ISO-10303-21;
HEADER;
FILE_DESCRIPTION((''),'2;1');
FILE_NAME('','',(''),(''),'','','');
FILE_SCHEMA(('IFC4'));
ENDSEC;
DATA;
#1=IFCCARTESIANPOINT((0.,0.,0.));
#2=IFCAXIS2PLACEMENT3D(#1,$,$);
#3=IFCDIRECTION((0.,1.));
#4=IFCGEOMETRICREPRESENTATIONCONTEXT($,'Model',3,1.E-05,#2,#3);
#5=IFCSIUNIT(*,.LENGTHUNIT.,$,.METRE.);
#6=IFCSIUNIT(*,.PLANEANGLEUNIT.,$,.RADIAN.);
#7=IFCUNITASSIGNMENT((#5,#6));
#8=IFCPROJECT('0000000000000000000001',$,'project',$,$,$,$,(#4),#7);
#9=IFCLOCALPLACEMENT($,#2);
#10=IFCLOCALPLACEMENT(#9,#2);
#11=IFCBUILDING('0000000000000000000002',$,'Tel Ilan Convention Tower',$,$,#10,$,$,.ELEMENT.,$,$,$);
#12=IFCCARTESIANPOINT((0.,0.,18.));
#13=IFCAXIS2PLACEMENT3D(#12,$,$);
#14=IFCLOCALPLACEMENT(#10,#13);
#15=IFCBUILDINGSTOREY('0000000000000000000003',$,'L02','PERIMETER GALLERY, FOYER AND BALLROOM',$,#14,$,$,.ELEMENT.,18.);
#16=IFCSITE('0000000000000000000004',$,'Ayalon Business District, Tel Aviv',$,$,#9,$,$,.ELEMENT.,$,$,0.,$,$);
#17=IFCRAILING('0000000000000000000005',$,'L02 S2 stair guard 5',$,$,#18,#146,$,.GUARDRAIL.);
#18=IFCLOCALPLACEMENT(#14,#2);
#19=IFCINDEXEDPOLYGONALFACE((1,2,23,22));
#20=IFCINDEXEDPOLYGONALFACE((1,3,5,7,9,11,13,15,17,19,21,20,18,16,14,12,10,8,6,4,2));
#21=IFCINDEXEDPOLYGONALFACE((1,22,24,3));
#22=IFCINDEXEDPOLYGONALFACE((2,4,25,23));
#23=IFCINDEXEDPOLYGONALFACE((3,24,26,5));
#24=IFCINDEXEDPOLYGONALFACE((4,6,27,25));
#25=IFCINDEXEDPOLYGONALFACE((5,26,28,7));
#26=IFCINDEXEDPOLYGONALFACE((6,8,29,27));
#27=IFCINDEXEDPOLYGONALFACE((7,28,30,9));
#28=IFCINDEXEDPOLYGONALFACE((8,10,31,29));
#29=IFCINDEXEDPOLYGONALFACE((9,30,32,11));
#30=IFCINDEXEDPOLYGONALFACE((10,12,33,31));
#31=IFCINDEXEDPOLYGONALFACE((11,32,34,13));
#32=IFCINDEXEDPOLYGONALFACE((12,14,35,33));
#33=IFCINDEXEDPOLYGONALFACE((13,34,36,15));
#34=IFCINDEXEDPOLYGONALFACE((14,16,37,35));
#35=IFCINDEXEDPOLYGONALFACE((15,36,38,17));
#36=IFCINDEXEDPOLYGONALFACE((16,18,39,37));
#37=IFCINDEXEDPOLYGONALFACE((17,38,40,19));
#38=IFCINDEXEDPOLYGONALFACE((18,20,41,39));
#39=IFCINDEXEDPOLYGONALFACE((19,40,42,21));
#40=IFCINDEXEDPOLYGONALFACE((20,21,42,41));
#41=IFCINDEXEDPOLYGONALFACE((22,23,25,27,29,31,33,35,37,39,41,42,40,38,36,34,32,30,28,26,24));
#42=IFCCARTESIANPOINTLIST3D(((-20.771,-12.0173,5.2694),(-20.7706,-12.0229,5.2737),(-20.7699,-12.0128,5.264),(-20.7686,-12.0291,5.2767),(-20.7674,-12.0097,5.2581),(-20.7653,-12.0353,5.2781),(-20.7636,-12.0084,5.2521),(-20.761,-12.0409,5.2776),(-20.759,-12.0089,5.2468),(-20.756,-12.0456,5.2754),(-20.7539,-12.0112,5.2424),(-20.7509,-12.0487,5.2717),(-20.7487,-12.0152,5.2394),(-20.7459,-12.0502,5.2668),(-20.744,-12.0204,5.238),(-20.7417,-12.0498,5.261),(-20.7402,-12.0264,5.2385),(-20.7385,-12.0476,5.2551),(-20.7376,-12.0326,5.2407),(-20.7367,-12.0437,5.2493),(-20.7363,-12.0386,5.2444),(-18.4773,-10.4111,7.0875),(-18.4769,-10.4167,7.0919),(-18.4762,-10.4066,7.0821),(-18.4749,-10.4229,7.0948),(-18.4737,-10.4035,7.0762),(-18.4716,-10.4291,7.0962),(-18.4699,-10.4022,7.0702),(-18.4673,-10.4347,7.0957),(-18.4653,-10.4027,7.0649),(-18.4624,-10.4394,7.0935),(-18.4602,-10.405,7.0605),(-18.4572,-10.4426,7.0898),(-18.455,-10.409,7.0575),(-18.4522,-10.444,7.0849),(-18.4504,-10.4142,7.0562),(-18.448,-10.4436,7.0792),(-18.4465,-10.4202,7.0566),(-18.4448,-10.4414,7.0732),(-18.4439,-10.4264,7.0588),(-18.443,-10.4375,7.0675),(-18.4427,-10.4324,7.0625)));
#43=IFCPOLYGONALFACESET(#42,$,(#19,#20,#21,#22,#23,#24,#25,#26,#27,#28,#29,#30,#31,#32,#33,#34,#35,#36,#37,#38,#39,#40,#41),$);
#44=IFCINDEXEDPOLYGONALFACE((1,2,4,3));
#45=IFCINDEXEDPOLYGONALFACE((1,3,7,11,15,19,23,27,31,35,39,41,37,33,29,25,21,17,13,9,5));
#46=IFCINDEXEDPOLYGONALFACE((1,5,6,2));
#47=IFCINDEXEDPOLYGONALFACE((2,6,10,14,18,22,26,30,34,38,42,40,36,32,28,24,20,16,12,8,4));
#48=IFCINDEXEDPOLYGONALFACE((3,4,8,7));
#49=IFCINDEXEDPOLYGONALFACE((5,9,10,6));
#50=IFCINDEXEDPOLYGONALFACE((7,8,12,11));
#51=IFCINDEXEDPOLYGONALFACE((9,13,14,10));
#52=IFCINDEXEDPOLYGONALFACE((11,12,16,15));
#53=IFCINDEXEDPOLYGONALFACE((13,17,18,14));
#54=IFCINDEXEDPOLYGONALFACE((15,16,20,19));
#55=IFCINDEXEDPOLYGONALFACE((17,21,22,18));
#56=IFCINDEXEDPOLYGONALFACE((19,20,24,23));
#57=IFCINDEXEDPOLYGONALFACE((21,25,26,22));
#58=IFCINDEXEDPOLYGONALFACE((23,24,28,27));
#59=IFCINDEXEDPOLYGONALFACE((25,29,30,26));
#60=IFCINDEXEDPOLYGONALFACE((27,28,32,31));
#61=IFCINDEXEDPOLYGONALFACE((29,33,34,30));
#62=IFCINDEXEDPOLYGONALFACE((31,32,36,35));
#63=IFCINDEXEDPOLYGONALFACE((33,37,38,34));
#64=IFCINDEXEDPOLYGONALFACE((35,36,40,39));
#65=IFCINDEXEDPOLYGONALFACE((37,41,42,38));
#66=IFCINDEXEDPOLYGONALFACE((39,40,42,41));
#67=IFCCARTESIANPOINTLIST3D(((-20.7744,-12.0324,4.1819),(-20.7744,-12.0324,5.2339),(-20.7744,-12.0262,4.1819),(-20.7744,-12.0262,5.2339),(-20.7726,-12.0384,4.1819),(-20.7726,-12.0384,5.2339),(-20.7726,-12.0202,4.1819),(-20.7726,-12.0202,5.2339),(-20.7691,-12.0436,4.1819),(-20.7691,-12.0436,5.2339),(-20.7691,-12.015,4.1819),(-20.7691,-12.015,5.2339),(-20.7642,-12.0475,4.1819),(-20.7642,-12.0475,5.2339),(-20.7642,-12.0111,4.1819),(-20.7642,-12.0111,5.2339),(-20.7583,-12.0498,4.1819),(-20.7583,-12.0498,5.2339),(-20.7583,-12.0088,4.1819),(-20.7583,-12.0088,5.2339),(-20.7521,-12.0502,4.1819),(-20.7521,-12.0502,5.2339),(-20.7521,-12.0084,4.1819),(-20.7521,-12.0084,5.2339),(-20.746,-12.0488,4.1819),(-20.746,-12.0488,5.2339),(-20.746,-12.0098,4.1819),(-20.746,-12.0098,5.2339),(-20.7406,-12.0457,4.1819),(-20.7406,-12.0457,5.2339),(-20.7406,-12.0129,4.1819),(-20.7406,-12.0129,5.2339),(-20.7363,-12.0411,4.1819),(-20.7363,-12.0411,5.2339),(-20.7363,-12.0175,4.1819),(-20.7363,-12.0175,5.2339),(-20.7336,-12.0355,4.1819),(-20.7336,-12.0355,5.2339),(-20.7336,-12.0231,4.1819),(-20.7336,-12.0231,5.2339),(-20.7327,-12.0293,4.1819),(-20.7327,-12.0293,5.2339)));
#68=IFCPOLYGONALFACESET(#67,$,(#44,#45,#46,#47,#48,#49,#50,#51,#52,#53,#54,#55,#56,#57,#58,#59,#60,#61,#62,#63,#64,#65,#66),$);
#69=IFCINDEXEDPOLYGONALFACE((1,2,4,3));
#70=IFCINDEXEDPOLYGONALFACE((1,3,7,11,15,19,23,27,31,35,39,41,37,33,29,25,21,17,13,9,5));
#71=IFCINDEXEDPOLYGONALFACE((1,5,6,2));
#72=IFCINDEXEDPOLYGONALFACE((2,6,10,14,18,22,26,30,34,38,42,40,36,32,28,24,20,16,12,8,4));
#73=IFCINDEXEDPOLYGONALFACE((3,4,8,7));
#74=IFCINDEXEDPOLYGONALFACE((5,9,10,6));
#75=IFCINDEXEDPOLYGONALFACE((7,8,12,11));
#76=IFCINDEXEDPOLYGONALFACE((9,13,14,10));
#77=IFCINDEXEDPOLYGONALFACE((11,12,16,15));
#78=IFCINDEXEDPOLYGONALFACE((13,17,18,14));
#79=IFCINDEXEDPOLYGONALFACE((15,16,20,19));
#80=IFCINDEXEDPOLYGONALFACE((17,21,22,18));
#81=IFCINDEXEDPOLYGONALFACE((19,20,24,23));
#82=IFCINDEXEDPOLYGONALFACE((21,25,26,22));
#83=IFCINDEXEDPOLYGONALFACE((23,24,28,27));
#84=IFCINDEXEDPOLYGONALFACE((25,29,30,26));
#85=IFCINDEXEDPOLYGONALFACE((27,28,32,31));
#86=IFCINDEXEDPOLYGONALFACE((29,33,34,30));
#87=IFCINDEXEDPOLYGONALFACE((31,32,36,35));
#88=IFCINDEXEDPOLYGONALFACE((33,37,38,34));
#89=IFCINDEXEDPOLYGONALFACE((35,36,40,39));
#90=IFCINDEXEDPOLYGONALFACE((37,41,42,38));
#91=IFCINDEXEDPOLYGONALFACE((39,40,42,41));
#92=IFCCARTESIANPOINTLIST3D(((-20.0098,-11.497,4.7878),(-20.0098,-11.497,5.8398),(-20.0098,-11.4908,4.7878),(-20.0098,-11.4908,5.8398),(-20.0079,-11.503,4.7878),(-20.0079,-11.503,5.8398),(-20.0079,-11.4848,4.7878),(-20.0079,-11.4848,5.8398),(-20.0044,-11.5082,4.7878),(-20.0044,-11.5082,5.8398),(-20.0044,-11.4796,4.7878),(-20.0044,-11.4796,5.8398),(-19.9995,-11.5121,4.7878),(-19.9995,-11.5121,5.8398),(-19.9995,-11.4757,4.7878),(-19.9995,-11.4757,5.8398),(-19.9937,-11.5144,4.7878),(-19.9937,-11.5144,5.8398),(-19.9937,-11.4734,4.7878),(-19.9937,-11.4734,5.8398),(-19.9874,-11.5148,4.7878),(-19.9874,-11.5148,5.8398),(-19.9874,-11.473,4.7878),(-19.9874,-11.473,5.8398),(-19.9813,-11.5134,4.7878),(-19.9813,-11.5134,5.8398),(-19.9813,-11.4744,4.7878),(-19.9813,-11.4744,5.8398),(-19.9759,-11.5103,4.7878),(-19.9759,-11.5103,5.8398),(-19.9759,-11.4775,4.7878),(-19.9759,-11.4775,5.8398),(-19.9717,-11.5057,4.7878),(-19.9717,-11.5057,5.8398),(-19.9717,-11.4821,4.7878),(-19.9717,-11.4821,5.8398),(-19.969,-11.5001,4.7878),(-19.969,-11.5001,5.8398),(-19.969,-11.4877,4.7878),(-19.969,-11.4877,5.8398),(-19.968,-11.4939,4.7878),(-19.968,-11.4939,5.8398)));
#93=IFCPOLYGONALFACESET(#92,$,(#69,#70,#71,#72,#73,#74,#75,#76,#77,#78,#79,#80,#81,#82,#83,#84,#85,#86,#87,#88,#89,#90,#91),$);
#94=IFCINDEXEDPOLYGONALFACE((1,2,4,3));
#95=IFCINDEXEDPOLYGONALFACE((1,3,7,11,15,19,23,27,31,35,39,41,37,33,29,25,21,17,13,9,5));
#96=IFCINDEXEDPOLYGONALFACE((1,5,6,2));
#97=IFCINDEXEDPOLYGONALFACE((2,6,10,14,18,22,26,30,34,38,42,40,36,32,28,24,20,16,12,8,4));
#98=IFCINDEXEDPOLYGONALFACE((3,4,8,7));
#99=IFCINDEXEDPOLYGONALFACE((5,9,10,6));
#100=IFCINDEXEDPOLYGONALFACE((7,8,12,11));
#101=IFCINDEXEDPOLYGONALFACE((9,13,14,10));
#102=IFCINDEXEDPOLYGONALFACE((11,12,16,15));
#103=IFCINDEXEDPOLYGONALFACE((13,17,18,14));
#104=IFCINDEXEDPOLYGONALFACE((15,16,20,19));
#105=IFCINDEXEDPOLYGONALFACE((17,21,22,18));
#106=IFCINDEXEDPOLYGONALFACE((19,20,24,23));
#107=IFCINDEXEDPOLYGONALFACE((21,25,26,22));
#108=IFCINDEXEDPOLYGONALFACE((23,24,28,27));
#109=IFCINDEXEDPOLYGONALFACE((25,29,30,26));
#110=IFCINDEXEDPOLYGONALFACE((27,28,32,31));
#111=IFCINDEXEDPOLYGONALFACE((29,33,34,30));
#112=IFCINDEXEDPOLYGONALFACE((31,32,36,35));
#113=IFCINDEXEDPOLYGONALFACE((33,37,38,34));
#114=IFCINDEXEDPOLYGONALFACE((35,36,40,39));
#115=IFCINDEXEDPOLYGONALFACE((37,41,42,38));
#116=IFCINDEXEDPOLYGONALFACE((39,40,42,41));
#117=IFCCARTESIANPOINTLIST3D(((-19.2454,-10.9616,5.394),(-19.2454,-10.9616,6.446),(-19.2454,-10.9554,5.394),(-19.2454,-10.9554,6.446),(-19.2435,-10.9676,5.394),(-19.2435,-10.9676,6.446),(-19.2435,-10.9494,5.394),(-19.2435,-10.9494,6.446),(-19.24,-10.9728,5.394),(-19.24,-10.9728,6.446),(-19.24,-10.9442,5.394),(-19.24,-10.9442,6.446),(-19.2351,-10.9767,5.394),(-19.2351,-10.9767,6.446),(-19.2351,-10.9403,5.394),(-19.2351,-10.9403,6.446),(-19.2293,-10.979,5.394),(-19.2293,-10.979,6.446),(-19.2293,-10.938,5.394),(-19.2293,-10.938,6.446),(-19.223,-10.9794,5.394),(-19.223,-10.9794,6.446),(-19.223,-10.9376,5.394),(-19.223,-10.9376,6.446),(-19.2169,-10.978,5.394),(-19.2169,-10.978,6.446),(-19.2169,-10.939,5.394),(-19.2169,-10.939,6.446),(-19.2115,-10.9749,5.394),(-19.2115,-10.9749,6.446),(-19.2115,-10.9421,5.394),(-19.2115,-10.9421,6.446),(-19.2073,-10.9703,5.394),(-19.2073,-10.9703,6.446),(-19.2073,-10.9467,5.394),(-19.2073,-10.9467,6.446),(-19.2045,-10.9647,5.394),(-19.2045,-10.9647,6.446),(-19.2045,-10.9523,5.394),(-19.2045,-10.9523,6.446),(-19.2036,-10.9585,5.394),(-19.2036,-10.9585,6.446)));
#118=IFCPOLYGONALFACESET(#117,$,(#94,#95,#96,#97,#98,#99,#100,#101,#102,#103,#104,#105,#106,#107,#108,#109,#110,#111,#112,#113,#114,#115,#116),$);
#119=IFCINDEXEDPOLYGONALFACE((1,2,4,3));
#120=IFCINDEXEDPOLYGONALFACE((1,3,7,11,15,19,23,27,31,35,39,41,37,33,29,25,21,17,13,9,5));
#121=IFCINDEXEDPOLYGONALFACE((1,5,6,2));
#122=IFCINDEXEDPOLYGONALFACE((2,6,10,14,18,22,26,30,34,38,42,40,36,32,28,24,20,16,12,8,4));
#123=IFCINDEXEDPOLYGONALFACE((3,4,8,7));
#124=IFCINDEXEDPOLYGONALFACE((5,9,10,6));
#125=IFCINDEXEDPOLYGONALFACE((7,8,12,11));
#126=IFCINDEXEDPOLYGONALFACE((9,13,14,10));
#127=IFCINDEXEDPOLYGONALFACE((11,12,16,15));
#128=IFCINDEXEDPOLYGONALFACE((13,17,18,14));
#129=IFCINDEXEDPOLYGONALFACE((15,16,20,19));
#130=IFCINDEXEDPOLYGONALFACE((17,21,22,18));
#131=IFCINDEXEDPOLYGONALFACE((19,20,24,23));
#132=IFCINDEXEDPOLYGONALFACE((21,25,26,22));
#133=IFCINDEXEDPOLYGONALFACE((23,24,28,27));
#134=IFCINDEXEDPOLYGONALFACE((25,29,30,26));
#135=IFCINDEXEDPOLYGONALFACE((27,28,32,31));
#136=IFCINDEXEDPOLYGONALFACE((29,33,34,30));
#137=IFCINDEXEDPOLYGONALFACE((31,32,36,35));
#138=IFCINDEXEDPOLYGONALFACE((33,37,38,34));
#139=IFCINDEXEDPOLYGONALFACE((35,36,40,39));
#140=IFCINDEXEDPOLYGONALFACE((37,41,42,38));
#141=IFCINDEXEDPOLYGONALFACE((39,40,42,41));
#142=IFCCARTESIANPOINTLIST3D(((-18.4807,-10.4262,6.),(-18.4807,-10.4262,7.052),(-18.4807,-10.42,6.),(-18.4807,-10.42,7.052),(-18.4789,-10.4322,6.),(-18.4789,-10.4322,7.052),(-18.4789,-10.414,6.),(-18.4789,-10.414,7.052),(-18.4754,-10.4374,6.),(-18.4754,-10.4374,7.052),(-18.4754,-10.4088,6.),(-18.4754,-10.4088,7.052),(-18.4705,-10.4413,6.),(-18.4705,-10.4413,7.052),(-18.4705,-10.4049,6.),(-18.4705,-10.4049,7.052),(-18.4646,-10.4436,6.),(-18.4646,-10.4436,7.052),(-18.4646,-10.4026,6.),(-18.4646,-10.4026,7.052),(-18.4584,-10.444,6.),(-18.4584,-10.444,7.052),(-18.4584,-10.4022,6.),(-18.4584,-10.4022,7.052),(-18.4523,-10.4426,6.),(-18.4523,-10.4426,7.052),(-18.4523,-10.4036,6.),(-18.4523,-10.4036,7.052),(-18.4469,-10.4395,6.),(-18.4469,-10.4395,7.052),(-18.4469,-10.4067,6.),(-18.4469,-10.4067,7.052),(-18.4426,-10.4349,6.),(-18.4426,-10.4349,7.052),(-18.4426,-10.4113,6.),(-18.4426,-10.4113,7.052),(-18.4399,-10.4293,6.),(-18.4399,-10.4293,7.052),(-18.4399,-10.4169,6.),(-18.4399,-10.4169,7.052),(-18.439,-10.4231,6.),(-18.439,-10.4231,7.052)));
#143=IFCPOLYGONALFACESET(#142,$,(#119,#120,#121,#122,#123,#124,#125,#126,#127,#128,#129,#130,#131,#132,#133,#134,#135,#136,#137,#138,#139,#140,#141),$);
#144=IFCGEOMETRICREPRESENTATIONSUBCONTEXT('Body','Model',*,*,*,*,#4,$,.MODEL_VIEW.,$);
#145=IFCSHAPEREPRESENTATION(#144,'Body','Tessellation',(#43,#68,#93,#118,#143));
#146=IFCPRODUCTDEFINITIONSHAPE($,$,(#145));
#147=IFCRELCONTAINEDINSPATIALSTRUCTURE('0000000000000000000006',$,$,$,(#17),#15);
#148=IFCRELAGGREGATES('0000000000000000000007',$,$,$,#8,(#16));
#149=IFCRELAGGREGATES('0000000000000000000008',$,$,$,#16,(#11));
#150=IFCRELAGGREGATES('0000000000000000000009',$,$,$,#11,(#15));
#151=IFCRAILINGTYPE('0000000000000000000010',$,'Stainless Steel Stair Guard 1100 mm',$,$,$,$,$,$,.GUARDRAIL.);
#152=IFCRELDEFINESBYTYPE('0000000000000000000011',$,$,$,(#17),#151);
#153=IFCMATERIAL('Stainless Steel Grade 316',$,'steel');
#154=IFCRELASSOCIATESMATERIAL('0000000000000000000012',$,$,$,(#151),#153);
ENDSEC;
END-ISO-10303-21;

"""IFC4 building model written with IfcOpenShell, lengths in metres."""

from ifc_helpers import new_model, si_unit, direction, frame, origin, origin_2d, place, context, subcontext, project, spatial, circle, extrude, material, type_object, element, save


model = new_model("IFC4")

# Units and contexts
model_context = context("Model", 3, precision=1e-05, world=origin(), true_north=direction((0.0, 1.0)))
body_context = subcontext(model_context, "Body", "Model", "MODEL_VIEW")
ifc_project = project(units=[si_unit("LENGTHUNIT", "METRE"), si_unit("PLANEANGLEUNIT", "RADIAN")], contexts=[model_context])

# Site, building, storey
site_placement = place(None, origin())
site = spatial("IfcSite", under=ifc_project, at=site_placement, Name="Ayalon Business District, Tel Aviv", CompositionType="ELEMENT", RefElevation=0.0)
building_placement = place(site_placement, origin())
building = spatial("IfcBuilding", under=site, at=building_placement, Name="Tel Ilan Convention Tower", CompositionType="ELEMENT")
storey_placement = place(building_placement, frame((0.0, 0.0, 18.0)))
storey = spatial("IfcBuildingStorey", under=building, at=storey_placement, Name="L02", Description="PERIMETER GALLERY, FOYER AND BALLROOM", CompositionType="ELEMENT", Elevation=18.0)

# Railing
ifc_material_1 = material(Name="Stainless Steel Grade 316", Category="steel")
railing_type = type_object("IfcRailingType", Name="Stainless Steel Stair Guard 1100 mm", PredefinedType="GUARDRAIL", material=ifc_material_1)
for number, where, name in (
    (1, (-20.7537, -12.0293, 4.1819), "L02 S2 stair guard 5"),
):
    element("IfcRailing", number, at=place(storey_placement, frame(where)), inside=storey, type_object=railing_type, Name=name, PredefinedType="GUARDRAIL", context=body_context, shape_type="SweptSolid", body=[
        extrude(circle(Radius=0.0239, at=origin_2d()), frame((0.0, 0.0, 1.0762), z_axis=(0.687017, 0.481095, 0.544568), x_axis=(-0.573609, 0.81913, 0.0)), (0.0, 0.0, 1.0), 3.3386),
        extrude(circle(Radius=0.021, at=origin_2d()), origin(), (0.0, 0.0, 1.0), 1.052),
        extrude(circle(Radius=0.021, at=origin_2d()), frame((0.7646, 0.5354, 0.606)), (0.0, 0.0, 1.0), 1.052),
        extrude(circle(Radius=0.021, at=origin_2d()), frame((1.5291, 1.0708, 1.2122)), (0.0, 0.0, 1.0), 1.052),
        extrude(circle(Radius=0.021, at=origin_2d()), frame((2.2937, 1.6062, 1.8181)), (0.0, 0.0, 1.0), 1.052),
    ])

save(model, "model.ifc")
